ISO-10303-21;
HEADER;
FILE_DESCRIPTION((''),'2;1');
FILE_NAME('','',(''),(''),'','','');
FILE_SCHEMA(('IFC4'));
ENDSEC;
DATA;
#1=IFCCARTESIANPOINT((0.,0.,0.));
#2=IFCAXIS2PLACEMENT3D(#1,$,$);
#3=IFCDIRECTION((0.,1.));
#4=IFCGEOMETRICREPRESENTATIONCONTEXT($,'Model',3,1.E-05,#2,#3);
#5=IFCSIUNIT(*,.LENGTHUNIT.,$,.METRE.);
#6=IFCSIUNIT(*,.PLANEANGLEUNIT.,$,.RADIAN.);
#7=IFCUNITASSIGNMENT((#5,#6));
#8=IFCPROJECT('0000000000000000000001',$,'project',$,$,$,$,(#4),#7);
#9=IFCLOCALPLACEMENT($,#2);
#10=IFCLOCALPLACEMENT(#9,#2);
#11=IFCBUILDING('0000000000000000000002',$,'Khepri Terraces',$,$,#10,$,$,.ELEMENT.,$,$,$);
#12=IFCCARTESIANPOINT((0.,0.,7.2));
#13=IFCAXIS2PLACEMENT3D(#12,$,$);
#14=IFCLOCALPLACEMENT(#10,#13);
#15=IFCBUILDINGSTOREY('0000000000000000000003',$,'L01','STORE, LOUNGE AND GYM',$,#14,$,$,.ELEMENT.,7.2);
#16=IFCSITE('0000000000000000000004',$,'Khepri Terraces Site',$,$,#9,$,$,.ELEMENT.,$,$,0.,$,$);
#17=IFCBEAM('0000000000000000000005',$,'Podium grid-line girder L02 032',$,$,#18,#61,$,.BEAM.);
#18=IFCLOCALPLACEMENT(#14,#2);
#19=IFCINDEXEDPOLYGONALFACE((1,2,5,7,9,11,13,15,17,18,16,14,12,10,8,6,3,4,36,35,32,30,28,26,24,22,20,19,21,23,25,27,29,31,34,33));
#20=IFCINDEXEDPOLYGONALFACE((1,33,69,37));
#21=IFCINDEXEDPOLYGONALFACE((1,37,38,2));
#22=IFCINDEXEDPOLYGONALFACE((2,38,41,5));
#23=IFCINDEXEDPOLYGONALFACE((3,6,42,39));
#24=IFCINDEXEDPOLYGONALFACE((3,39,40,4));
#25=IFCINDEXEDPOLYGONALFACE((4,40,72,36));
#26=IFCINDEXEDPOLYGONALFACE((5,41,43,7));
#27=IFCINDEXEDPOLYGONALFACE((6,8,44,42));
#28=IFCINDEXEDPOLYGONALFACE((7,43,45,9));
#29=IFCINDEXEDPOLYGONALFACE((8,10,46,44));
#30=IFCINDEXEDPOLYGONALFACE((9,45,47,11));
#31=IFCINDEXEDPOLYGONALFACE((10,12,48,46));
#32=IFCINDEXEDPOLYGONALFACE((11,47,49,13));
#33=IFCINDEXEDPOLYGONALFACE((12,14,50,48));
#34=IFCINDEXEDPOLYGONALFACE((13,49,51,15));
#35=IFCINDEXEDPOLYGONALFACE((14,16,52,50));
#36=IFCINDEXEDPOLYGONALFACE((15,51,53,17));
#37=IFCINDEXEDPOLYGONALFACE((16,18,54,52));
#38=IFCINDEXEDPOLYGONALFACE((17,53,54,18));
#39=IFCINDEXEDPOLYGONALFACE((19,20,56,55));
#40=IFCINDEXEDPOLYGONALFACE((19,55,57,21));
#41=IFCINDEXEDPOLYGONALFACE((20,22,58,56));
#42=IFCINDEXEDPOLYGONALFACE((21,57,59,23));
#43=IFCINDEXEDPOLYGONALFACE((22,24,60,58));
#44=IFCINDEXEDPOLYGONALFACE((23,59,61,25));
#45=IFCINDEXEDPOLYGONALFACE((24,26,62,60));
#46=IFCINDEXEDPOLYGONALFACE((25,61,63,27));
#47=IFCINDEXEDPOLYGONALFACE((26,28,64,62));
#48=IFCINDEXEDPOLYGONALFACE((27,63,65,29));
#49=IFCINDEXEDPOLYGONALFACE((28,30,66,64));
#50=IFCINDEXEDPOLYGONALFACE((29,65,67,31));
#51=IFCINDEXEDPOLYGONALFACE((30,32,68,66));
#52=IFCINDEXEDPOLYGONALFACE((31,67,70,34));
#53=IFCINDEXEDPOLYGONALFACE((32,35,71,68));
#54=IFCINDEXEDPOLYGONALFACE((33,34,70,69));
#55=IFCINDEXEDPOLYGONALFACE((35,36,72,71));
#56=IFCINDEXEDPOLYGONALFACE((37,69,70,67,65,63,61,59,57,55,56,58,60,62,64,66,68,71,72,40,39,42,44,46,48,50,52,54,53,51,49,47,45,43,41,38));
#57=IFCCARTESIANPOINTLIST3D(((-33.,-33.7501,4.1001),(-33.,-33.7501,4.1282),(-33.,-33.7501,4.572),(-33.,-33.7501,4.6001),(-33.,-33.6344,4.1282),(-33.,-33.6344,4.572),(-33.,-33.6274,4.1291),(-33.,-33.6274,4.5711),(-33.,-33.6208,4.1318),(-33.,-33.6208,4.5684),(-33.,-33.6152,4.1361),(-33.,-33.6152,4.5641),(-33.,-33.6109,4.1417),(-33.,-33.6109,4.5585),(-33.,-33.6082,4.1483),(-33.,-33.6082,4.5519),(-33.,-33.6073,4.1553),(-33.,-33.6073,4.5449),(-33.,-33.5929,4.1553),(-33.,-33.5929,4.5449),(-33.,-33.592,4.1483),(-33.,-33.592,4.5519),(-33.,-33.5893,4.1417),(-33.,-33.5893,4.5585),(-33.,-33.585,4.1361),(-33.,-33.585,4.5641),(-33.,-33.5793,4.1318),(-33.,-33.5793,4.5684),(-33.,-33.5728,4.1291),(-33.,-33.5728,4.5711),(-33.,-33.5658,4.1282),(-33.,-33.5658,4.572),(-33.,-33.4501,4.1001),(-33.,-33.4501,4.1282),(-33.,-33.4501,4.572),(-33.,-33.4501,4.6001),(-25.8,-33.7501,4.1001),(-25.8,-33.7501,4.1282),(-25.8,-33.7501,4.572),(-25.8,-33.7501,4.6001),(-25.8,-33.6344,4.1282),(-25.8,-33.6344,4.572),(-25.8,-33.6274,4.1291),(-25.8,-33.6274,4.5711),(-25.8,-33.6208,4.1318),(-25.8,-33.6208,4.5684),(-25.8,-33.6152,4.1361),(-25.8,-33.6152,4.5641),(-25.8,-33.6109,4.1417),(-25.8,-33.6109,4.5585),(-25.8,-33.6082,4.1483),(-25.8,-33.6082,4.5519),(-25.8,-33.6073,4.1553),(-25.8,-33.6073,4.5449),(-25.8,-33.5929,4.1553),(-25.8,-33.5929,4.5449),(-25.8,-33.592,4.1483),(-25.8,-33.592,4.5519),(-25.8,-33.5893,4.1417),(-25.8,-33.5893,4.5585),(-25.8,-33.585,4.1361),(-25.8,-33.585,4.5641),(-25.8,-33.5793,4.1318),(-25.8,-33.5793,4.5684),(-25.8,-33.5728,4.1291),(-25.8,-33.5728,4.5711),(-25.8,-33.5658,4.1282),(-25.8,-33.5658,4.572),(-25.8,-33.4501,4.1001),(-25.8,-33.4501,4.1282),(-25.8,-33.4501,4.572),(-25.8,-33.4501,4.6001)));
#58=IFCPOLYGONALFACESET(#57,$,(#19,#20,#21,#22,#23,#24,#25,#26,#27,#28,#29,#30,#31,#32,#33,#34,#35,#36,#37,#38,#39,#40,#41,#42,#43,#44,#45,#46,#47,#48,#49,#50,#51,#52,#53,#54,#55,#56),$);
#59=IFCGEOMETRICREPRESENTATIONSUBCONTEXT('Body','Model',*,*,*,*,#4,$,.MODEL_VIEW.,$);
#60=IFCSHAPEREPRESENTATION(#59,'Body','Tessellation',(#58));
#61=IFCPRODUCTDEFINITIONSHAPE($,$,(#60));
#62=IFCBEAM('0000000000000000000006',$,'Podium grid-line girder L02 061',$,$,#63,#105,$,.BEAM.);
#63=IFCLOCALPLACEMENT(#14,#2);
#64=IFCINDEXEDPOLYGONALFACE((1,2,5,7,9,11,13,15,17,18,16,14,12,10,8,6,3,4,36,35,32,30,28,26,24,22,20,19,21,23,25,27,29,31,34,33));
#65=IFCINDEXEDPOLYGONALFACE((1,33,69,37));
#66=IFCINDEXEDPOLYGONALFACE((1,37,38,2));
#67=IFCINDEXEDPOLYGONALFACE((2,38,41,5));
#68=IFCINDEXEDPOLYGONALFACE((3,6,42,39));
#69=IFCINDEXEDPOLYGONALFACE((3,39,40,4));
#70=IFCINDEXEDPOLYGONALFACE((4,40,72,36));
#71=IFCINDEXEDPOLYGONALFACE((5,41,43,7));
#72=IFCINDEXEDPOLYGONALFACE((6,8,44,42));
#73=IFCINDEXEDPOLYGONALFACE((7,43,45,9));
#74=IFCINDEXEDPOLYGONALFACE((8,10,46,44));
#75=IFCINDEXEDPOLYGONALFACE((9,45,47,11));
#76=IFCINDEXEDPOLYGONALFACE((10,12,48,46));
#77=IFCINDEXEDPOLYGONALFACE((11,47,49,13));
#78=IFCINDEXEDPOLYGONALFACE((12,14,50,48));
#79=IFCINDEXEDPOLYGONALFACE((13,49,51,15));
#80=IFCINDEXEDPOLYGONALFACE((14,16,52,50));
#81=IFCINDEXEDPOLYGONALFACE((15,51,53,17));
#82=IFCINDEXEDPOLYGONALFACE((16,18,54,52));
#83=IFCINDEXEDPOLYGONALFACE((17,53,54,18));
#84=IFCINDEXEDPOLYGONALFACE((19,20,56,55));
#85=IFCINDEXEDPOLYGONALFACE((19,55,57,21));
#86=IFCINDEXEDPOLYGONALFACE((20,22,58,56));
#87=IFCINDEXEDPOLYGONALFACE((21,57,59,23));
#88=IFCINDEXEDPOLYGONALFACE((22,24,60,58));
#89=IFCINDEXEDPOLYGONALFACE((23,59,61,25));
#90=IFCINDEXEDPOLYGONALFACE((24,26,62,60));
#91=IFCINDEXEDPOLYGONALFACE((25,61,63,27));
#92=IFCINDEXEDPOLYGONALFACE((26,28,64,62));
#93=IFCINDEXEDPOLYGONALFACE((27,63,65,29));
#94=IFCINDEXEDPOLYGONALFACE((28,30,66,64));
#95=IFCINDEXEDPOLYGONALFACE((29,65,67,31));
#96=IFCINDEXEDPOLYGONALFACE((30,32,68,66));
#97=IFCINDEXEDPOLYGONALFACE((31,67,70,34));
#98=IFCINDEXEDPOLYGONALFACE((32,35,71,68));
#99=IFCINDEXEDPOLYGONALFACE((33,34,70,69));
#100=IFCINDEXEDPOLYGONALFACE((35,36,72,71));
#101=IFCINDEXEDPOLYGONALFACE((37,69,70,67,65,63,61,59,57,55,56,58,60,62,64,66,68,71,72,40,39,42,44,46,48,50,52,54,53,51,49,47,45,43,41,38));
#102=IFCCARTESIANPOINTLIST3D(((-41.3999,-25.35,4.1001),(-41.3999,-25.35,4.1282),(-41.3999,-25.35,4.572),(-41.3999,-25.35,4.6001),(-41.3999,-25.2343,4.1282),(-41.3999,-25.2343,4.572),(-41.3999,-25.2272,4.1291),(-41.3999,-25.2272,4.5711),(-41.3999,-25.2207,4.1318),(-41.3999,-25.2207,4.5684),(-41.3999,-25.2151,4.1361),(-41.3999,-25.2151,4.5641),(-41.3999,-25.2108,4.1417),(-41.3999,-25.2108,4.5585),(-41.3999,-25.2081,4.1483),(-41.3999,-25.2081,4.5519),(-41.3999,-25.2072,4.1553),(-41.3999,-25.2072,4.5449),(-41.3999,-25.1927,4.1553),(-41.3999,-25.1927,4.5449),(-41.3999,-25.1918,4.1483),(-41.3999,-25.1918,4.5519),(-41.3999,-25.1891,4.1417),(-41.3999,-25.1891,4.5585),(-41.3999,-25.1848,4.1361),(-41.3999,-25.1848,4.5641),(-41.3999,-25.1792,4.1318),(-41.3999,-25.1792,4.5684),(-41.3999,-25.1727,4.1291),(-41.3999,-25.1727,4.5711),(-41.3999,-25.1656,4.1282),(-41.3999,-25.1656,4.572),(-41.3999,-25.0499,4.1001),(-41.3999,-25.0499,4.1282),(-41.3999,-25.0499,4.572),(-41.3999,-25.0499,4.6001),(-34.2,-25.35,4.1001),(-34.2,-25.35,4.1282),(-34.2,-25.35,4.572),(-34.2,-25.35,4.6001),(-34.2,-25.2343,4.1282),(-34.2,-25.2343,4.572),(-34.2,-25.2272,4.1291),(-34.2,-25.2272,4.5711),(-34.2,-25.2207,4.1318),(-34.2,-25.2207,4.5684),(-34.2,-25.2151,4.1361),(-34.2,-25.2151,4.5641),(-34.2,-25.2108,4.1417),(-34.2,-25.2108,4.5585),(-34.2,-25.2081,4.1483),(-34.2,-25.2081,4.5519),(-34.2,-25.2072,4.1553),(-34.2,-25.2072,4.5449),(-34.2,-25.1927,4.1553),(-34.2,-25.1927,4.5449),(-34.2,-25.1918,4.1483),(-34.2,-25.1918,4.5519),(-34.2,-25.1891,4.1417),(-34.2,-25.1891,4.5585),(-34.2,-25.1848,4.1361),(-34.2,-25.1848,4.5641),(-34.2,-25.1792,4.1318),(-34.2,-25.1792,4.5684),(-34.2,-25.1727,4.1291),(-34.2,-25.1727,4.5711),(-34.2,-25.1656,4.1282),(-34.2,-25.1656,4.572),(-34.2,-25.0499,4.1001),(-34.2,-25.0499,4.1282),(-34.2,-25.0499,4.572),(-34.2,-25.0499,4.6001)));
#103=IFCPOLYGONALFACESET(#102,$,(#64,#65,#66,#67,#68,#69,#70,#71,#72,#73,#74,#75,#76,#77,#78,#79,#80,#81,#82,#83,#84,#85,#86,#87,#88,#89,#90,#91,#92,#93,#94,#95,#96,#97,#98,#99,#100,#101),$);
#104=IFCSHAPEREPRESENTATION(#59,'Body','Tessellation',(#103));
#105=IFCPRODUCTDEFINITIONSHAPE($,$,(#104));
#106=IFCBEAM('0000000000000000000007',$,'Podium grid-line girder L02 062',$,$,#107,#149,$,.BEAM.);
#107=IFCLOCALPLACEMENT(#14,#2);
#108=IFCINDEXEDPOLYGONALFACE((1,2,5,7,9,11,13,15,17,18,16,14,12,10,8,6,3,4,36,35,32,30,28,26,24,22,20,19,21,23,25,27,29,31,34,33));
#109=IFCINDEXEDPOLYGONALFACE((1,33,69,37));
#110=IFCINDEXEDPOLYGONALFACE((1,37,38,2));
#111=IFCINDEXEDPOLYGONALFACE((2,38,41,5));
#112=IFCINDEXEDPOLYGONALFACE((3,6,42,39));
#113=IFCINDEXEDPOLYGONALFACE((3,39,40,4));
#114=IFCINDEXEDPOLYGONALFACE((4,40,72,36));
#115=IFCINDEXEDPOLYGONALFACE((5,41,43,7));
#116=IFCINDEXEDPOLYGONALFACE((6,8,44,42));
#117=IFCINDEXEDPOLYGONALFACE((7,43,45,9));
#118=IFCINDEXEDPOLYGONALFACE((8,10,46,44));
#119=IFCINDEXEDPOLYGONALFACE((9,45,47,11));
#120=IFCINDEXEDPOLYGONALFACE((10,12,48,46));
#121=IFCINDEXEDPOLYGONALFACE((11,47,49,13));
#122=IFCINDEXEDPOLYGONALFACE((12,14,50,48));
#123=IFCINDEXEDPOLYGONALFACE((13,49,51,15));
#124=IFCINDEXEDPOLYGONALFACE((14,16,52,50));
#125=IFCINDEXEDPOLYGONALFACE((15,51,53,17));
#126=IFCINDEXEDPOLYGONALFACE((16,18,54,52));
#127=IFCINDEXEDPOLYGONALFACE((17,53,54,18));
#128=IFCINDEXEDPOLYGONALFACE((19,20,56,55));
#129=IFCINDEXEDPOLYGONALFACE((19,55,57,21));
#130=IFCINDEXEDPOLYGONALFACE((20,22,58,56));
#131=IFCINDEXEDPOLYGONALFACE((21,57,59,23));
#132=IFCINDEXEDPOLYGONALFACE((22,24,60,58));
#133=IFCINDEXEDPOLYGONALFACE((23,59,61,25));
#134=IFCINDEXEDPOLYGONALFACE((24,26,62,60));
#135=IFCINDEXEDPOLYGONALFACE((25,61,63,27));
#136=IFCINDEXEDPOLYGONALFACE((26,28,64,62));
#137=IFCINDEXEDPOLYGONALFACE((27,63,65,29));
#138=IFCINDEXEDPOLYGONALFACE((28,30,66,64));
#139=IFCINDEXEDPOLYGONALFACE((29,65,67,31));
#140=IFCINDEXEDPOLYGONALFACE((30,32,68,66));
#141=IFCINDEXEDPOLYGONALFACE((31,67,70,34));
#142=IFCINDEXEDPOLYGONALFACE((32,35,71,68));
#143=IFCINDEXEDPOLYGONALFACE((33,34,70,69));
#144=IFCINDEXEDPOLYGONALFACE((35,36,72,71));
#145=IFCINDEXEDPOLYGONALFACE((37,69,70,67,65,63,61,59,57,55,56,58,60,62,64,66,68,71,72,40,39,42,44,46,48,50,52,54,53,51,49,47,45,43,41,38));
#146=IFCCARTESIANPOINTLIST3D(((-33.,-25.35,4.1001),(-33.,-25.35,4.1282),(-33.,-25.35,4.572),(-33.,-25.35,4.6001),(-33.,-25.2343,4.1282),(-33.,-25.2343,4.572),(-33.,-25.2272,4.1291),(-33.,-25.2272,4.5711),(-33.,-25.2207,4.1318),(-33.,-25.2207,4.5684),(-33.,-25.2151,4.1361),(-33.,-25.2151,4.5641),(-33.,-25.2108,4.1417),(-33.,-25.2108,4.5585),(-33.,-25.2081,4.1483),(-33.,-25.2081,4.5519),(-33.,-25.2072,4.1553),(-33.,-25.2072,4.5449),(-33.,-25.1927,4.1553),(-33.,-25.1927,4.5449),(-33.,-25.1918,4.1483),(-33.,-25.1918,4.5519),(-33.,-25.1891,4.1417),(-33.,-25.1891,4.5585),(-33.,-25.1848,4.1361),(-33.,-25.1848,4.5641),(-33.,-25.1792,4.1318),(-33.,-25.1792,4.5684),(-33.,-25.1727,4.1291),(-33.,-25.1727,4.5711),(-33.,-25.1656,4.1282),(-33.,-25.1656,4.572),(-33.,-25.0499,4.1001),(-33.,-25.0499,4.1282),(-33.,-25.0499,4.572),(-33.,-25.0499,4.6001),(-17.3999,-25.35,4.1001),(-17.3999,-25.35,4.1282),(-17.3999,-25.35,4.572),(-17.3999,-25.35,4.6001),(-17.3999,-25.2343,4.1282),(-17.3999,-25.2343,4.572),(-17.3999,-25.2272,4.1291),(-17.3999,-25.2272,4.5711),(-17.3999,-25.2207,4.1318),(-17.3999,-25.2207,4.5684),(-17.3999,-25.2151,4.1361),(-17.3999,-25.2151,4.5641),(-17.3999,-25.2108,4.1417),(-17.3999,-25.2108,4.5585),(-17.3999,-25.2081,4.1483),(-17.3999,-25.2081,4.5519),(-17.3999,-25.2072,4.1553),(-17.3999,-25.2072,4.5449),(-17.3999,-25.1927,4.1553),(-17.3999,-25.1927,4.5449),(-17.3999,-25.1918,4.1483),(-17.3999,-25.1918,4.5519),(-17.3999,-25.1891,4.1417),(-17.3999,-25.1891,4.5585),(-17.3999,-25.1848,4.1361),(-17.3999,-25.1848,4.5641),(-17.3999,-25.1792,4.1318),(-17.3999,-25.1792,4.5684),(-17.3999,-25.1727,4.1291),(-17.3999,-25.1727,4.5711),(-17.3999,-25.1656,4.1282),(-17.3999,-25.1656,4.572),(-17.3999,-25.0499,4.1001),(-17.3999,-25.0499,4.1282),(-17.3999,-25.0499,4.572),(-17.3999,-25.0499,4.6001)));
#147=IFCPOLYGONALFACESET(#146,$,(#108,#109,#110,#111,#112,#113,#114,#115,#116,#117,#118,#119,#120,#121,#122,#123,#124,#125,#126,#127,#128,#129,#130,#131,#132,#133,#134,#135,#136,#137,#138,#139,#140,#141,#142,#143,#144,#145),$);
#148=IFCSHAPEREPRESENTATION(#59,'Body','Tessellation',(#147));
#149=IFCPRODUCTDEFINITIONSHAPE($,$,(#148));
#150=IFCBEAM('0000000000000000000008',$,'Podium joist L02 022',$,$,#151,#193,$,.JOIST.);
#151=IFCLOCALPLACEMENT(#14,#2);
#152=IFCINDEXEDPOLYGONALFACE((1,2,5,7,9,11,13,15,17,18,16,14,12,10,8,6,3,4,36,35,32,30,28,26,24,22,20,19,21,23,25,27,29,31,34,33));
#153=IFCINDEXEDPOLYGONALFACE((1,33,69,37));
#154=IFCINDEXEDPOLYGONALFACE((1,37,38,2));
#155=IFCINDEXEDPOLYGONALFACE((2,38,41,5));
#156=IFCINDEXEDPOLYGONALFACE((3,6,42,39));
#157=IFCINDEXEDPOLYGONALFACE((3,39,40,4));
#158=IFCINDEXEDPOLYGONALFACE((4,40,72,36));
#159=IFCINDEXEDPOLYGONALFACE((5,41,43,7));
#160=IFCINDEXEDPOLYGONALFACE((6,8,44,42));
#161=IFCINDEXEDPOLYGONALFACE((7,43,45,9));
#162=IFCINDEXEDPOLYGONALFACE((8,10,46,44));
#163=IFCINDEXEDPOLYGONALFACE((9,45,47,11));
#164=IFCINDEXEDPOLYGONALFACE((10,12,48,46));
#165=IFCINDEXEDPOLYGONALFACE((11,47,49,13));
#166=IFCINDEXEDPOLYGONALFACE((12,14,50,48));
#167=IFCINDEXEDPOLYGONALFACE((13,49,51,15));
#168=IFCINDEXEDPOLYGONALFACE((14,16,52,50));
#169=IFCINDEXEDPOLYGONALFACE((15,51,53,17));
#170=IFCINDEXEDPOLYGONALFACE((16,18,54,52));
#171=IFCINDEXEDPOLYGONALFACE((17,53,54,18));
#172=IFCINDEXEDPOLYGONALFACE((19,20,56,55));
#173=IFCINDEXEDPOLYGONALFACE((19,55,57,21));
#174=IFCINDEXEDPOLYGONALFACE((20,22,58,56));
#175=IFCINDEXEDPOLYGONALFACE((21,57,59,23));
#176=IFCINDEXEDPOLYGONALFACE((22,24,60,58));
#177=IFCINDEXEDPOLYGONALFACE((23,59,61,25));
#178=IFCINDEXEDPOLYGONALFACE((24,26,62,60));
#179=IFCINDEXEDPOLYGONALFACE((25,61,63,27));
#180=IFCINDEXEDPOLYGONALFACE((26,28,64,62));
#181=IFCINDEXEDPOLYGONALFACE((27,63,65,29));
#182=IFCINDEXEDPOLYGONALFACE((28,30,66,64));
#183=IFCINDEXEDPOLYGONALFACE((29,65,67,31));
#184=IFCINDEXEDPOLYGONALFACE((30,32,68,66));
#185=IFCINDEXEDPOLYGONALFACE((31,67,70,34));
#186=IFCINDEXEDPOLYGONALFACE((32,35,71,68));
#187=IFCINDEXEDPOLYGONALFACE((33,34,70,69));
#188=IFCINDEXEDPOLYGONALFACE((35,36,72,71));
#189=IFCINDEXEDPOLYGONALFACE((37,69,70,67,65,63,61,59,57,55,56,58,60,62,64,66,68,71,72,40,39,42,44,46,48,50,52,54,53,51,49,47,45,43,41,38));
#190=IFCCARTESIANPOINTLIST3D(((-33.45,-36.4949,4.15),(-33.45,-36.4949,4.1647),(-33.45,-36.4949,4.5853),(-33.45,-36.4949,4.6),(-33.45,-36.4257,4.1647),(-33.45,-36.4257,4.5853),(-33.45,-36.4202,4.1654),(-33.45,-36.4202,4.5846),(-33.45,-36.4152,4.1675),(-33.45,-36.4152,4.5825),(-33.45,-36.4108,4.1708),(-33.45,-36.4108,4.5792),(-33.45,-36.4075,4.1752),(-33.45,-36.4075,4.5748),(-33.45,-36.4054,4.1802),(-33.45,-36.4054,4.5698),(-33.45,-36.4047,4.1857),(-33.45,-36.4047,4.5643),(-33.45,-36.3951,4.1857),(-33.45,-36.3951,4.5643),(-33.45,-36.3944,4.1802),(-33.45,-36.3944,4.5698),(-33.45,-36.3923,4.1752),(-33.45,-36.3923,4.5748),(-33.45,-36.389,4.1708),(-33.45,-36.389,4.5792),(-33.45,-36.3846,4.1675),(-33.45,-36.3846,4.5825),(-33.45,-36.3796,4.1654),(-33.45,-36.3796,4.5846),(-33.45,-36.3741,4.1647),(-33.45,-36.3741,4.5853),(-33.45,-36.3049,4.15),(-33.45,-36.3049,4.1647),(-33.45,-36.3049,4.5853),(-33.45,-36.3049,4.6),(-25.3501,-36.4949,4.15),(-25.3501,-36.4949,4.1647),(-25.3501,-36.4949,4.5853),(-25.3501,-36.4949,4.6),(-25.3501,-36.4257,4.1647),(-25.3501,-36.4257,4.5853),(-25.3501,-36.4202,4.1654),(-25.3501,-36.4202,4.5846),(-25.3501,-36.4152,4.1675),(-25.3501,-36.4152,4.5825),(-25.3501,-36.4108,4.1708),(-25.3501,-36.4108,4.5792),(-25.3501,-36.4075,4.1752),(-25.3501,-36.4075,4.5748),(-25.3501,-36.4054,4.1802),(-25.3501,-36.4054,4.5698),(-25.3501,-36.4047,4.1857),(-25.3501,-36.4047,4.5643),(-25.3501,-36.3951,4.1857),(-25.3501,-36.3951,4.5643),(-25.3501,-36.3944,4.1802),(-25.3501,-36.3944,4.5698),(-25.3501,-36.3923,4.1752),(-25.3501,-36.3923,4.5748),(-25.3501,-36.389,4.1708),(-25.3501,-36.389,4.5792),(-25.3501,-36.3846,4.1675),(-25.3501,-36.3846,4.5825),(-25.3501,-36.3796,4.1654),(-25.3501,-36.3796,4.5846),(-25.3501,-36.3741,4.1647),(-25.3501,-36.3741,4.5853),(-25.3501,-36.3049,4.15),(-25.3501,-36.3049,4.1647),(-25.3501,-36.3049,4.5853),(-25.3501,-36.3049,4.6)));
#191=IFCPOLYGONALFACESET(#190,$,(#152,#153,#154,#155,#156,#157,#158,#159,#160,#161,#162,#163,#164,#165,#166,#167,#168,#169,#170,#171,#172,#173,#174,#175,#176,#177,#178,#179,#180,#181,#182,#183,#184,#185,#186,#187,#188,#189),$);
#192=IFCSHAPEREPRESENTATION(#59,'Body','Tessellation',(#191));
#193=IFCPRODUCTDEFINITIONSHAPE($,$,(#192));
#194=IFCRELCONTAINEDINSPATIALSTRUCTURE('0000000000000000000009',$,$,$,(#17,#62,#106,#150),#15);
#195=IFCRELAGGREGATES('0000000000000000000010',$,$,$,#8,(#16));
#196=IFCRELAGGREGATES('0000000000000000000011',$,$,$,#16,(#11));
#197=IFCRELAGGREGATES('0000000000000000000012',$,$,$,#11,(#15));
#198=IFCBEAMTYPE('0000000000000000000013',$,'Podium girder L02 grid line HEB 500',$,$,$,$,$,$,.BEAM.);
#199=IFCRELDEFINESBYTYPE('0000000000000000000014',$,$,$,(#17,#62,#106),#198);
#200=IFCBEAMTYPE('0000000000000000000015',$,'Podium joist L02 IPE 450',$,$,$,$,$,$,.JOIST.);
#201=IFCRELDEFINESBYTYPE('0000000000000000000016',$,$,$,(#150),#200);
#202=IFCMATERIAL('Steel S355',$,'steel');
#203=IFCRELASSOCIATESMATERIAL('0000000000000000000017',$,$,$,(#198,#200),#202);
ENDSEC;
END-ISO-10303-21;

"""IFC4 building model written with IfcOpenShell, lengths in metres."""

from ifc_helpers import new_model, si_unit, direction, frame, origin, origin_2d, place, context, subcontext, project, spatial, i_section, extrude, material, material_profile, profile_set, type_object, element, save


model = new_model("IFC4")

# Units and contexts
model_context = context("Model", 3, precision=1e-05, world=origin(), true_north=direction((0.0, 1.0)))
body_context = subcontext(model_context, "Body", "Model", "MODEL_VIEW")
ifc_project = project(units=[si_unit("LENGTHUNIT", "METRE"), si_unit("PLANEANGLEUNIT", "RADIAN")], contexts=[model_context])

# Site, building, storey
site_placement = place(None, origin())
site = spatial("IfcSite", under=ifc_project, at=site_placement, Name="Khepri Terraces Site", CompositionType="ELEMENT", RefElevation=0.0)
building_placement = place(site_placement, origin())
building = spatial("IfcBuilding", under=site, at=building_placement, Name="Khepri Terraces", CompositionType="ELEMENT")
storey_placement = place(building_placement, frame((0.0, 0.0, 7.2)))
storey = spatial("IfcBuildingStorey", under=building, at=storey_placement, Name="L01", Description="STORE, LOUNGE AND GYM", CompositionType="ELEMENT", Elevation=7.2)

# Beams
ifc_material_1 = material(Name="Steel S355", Category="steel")
ifc_material_profile_1 = material_profile(ifc_material_1, i_section(OverallWidth=0.3, OverallDepth=0.5, WebThickness=0.0144, FlangeThickness=0.0281, FilletRadius=0.0271, at=origin_2d()), Name="Steel S355", Category="steel")
ifc_profile_set_1 = profile_set([ifc_material_profile_1], Name="Steel S355")
beam_type_1 = type_object("IfcBeamType", Name="Podium girder L02 grid line HEB 500", PredefinedType="BEAM", material=ifc_profile_set_1)
for number, where, z_axis, x_axis, name in (
    (1, (-33.0, -33.6001, 4.3501), (1.0, 0.0, 0.0), (0.0, 1.0, 0.0), "Podium grid-line girder L02 032"),
    (2, (-41.3999, -25.2, 4.3501), (1.0, 0.0, 0.0), (0.0, 1.0, 0.0), "Podium grid-line girder L02 061"),
):
    element("IfcBeam", number, at=place(storey_placement, frame(where, z_axis=z_axis, x_axis=x_axis)), inside=storey, type_object=beam_type_1, Name=name, PredefinedType="BEAM", context=body_context, shape_type="SweptSolid", body=[
        extrude(i_section(OverallWidth=0.3, OverallDepth=0.5, WebThickness=0.0144, FlangeThickness=0.0281, FilletRadius=0.0271, at=origin_2d()), origin(), (0.0, 0.0, 1.0), 7.2),
    ])
beam_1_placement = place(storey_placement, frame((-33.0, -25.2, 4.3501), z_axis=(1.0, 0.0, 0.0), x_axis=(0.0, 1.0, 0.0)))
element("IfcBeam", 3, at=beam_1_placement, inside=storey, type_object=beam_type_1, Name="Podium grid-line girder L02 062", PredefinedType="BEAM", context=body_context, shape_type="SweptSolid", body=[
    extrude(i_section(OverallWidth=0.3, OverallDepth=0.5, WebThickness=0.0144, FlangeThickness=0.0281, FilletRadius=0.0271, at=origin_2d()), origin(), (0.0, 0.0, 1.0), 15.6001),
])
ifc_material_profile_2 = material_profile(ifc_material_1, i_section(OverallWidth=0.1899, OverallDepth=0.45, WebThickness=0.0095, FlangeThickness=0.0146, FilletRadius=0.021, at=origin_2d()), Name="Steel S355", Category="steel")
ifc_profile_set_2 = profile_set([ifc_material_profile_2], Name="Steel S355")
beam_type_2 = type_object("IfcBeamType", Name="Podium joist L02 IPE 450", PredefinedType="JOIST", material=ifc_profile_set_2)
for number, where, z_axis, x_axis, name in (
    (4, (-33.45, -36.3999, 4.375), (1.0, 0.0, 0.0), (0.0, 1.0, 0.0), "Podium joist L02 022"),
):
    element("IfcBeam", number, at=place(storey_placement, frame(where, z_axis=z_axis, x_axis=x_axis)), inside=storey, type_object=beam_type_2, Name=name, PredefinedType="JOIST", context=body_context, shape_type="SweptSolid", body=[
        extrude(i_section(OverallWidth=0.1899, OverallDepth=0.45, WebThickness=0.0095, FlangeThickness=0.0146, FilletRadius=0.021, at=origin_2d()), origin(), (0.0, 0.0, 1.0), 8.0999),
    ])

save(model, "model.ifc")
